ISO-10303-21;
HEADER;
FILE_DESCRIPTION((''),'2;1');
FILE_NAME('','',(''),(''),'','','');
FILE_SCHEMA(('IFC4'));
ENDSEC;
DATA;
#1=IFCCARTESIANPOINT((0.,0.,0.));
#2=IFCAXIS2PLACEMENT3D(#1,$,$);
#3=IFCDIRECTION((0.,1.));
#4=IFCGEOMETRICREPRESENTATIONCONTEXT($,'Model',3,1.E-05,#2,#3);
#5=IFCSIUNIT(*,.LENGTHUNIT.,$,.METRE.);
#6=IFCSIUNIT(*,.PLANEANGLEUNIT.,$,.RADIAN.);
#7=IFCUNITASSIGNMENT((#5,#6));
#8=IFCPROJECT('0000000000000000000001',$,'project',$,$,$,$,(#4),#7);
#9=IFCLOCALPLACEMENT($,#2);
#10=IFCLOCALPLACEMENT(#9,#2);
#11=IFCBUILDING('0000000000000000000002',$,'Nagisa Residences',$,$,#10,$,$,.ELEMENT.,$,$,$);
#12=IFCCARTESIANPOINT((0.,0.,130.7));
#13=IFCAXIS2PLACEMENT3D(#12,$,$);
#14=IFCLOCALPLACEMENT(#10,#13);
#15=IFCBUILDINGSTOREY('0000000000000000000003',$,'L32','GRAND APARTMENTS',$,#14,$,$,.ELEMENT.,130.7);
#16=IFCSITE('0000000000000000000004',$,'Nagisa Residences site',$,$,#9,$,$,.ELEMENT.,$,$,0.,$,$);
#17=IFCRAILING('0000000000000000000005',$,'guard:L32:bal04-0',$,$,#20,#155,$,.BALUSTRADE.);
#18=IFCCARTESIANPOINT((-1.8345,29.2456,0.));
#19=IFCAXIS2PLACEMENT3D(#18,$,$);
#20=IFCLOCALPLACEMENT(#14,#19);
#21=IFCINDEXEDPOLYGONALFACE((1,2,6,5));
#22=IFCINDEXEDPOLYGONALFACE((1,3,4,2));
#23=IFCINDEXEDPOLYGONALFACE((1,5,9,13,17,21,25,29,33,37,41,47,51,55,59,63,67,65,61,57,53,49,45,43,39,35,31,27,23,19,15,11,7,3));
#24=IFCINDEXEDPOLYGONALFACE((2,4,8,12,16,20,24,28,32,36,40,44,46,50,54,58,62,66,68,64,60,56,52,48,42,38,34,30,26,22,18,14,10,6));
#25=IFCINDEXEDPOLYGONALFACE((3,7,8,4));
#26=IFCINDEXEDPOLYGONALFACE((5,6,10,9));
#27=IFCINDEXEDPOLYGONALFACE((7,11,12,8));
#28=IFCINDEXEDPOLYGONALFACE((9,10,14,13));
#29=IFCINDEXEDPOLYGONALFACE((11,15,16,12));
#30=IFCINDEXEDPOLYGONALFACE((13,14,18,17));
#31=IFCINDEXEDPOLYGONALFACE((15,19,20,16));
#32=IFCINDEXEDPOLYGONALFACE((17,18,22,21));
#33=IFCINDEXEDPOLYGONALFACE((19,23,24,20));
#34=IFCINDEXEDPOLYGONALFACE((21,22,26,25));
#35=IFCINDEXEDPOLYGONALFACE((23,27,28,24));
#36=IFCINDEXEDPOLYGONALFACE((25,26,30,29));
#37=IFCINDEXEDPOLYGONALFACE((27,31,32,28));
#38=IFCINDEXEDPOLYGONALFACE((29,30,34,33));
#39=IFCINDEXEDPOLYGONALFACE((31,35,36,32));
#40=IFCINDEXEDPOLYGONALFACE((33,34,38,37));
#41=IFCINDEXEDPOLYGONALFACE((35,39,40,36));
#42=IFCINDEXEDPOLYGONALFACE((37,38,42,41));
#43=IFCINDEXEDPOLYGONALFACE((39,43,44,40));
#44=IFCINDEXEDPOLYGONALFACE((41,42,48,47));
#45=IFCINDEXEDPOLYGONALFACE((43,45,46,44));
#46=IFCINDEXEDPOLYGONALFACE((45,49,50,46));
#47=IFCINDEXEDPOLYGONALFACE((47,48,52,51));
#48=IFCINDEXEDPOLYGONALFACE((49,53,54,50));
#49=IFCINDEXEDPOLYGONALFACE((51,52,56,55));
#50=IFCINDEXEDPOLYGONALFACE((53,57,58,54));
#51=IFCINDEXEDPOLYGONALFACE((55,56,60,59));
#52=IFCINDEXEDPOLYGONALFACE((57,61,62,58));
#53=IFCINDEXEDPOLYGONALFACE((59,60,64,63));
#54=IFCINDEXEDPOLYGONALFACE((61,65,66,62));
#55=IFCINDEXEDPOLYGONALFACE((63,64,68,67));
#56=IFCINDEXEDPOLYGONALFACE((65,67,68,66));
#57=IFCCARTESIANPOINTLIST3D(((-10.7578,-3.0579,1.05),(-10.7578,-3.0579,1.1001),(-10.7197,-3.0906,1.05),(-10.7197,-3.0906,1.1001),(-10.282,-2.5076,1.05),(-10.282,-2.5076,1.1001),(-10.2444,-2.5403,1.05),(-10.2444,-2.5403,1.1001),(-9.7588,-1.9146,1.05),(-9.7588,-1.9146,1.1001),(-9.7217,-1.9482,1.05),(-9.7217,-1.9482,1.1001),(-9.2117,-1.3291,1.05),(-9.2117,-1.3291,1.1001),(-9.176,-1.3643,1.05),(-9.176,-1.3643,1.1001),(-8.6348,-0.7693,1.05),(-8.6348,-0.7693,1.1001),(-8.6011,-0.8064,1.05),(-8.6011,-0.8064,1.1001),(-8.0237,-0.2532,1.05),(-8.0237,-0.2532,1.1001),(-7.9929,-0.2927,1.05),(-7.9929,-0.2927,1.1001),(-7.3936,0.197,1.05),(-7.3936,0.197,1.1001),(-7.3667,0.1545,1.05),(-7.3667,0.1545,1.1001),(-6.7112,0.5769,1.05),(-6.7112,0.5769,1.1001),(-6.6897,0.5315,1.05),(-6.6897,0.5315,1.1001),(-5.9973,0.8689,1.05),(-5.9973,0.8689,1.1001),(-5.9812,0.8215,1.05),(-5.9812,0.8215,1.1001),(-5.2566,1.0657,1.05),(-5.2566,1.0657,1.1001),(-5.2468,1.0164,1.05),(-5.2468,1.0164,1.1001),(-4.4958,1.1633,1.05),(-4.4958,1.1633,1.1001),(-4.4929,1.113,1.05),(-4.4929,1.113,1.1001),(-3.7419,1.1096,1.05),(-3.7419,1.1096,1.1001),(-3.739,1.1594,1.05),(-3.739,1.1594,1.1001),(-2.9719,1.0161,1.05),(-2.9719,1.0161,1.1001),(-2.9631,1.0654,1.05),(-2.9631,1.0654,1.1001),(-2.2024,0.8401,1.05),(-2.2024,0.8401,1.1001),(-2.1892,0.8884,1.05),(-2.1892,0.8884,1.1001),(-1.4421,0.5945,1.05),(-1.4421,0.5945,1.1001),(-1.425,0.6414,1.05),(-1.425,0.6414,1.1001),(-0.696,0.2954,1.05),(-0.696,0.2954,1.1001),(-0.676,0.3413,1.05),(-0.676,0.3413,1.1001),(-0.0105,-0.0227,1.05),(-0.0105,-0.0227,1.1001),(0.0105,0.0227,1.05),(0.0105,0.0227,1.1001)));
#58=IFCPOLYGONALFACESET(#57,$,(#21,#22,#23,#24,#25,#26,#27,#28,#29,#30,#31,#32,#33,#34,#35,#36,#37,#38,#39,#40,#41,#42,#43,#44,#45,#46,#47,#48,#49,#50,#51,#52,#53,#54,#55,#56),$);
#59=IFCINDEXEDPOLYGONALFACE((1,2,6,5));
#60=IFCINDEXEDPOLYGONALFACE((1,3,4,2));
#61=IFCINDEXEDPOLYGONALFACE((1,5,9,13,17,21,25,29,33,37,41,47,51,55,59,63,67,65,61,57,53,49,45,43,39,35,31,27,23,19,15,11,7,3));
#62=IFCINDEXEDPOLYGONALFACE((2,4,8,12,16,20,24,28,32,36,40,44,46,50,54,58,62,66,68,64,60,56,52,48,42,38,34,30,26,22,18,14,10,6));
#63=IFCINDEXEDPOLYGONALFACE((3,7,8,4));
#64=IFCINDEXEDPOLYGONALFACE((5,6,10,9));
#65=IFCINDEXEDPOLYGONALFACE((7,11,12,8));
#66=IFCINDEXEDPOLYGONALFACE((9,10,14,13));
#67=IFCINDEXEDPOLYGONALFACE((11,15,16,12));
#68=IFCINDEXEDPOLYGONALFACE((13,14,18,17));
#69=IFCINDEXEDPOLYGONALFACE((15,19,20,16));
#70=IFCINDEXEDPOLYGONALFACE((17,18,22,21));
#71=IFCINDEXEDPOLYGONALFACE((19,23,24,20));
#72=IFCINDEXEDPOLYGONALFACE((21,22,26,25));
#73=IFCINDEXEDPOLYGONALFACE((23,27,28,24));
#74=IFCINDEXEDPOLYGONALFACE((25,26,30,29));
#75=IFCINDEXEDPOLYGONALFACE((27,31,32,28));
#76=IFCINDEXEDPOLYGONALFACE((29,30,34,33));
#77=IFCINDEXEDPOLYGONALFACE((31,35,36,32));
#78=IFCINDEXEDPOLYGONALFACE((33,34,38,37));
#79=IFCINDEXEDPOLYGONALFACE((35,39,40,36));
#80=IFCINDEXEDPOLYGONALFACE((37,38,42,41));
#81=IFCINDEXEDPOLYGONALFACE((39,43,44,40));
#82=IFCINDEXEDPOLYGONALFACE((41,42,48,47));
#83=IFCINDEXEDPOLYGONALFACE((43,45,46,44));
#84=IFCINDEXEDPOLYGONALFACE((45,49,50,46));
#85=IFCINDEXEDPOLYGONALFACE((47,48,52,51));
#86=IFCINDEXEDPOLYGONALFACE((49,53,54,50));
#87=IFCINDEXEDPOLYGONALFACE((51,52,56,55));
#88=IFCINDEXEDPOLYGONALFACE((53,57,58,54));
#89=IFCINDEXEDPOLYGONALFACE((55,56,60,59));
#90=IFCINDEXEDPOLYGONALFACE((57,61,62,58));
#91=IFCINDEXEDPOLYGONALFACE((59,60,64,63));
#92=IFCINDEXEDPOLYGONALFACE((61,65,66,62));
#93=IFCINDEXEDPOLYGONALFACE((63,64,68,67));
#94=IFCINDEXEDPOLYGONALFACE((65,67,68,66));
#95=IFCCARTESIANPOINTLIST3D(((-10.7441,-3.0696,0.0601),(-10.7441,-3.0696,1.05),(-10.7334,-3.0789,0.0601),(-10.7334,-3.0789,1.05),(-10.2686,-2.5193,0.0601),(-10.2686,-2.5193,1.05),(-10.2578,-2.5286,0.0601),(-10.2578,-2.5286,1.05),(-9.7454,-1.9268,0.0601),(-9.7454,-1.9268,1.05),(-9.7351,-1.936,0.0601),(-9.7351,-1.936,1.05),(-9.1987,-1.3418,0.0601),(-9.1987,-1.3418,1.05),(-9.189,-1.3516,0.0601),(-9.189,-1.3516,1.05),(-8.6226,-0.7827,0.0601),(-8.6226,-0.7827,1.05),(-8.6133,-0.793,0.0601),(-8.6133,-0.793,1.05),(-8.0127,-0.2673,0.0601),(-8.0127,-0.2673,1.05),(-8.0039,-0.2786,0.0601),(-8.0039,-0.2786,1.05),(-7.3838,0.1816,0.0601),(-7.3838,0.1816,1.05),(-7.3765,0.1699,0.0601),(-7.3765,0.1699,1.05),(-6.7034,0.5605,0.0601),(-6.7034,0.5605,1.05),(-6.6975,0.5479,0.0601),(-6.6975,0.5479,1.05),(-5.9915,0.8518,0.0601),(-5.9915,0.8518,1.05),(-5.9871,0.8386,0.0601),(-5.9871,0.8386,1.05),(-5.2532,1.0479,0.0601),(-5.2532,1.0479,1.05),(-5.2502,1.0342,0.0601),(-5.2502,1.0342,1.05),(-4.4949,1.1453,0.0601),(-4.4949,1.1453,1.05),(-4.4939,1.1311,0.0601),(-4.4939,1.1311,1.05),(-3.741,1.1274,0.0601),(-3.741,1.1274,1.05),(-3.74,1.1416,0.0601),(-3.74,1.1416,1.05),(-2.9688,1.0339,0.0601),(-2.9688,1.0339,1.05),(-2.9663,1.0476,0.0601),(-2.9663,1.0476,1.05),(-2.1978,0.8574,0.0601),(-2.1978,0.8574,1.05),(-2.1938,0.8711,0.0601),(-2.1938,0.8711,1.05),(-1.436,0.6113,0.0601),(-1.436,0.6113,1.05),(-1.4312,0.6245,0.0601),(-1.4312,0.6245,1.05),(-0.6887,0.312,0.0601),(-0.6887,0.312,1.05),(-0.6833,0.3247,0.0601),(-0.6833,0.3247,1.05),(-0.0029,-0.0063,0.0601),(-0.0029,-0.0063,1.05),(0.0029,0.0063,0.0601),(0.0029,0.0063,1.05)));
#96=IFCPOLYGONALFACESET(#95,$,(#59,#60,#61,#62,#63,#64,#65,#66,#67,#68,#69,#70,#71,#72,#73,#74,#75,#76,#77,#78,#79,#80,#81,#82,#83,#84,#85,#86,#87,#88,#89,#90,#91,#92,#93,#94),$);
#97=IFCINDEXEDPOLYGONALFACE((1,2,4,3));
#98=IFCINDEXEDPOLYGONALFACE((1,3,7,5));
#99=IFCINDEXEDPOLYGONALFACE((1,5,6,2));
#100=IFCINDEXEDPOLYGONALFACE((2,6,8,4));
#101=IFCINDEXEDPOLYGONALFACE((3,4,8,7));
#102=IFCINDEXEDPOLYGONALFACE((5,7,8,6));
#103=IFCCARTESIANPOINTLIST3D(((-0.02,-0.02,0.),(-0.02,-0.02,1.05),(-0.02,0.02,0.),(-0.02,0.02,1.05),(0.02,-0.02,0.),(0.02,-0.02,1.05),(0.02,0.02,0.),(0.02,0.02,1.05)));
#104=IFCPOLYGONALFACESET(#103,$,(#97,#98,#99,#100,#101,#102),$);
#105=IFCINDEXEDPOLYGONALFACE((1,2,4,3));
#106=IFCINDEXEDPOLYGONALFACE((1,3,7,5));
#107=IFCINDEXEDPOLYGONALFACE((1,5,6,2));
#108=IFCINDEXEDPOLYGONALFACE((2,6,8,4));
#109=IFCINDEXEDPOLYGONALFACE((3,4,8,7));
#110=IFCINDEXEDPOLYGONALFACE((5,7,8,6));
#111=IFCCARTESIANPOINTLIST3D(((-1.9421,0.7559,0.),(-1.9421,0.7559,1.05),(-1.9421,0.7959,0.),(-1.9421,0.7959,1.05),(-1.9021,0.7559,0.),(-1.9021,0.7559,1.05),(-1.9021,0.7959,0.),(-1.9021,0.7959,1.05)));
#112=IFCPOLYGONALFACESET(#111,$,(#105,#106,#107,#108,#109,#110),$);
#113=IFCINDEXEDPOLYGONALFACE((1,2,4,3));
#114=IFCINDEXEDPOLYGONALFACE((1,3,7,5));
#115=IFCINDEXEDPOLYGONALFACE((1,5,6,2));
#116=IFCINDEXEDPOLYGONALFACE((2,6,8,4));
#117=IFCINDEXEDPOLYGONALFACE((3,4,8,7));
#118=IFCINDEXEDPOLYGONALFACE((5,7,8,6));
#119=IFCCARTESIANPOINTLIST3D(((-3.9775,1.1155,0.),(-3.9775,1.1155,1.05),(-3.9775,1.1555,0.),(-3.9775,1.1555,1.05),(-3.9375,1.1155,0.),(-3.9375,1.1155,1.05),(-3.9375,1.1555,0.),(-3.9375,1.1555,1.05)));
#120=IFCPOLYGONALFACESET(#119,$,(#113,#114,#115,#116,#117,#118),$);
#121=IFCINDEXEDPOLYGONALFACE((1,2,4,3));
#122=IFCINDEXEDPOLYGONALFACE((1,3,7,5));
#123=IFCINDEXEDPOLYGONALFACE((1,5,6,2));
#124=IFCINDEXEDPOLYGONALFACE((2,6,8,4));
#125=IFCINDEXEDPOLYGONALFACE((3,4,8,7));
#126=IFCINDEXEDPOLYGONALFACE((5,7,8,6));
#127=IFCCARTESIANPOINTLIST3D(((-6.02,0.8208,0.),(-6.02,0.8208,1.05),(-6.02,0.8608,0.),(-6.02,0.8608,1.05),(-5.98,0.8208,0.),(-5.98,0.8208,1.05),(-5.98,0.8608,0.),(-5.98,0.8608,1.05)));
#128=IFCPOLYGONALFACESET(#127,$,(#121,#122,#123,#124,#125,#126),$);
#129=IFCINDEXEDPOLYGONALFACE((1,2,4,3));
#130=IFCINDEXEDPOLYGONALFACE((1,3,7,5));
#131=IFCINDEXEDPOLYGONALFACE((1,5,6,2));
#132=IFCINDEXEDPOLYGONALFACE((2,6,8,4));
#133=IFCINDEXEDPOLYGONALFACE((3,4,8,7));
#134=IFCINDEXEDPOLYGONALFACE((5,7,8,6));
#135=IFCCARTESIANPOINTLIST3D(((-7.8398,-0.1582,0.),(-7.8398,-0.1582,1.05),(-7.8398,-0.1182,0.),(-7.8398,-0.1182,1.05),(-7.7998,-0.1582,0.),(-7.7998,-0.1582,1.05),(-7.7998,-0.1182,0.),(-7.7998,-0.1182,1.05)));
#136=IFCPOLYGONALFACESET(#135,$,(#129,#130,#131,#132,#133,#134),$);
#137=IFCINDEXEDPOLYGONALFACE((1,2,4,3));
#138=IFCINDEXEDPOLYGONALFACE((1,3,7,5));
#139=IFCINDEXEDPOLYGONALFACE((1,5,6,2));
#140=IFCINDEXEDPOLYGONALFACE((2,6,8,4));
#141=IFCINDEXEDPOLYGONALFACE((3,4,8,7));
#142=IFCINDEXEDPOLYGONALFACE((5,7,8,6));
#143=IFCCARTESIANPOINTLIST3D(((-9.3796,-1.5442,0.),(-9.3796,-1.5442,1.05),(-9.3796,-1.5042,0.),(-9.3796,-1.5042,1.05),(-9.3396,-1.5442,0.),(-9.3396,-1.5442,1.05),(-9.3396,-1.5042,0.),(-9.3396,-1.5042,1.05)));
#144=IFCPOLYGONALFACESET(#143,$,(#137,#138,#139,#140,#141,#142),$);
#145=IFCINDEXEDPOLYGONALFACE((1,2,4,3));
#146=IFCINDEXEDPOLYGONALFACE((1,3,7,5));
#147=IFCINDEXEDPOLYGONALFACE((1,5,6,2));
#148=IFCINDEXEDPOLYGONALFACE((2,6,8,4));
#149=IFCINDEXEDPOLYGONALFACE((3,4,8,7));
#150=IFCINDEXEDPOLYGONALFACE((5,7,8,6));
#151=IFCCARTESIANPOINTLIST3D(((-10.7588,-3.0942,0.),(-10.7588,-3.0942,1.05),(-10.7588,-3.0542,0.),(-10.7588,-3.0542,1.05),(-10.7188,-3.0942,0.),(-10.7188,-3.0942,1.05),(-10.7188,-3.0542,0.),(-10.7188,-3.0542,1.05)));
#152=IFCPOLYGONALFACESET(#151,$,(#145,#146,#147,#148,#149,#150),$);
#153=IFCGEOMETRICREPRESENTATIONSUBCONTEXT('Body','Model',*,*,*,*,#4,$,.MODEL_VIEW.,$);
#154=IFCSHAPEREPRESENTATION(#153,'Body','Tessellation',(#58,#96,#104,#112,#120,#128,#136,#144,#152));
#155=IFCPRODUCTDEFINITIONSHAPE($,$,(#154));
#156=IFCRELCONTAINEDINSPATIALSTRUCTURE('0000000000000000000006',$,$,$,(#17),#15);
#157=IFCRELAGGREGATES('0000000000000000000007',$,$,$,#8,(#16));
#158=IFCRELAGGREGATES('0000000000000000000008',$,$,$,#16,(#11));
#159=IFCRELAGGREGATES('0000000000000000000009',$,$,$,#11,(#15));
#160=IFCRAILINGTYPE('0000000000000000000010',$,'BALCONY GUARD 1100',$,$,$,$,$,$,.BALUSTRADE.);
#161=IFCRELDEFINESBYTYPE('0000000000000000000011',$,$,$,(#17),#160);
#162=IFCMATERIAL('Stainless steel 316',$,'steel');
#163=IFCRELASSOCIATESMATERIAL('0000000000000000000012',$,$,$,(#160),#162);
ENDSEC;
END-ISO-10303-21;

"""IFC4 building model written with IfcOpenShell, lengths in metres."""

from ifc_helpers import new_model, si_unit, direction, frame, origin, origin_2d, place, context, subcontext, project, spatial, polyline, rectangle, outline, extrude, material, type_object, element, save


model = new_model("IFC4")

# Units and contexts
model_context = context("Model", 3, precision=1e-05, world=origin(), true_north=direction((0.0, 1.0)))
body_context = subcontext(model_context, "Body", "Model", "MODEL_VIEW")
ifc_project = project(units=[si_unit("LENGTHUNIT", "METRE"), si_unit("PLANEANGLEUNIT", "RADIAN")], contexts=[model_context])

# Site, building, storey
site_placement = place(None, origin())
site = spatial("IfcSite", under=ifc_project, at=site_placement, Name="Nagisa Residences site", CompositionType="ELEMENT", RefElevation=0.0)
building_placement = place(site_placement, origin())
building = spatial("IfcBuilding", under=site, at=building_placement, Name="Nagisa Residences", CompositionType="ELEMENT")
storey_placement = place(building_placement, frame((0.0, 0.0, 130.7)))
storey = spatial("IfcBuildingStorey", under=building, at=storey_placement, Name="L32", Description="GRAND APARTMENTS", CompositionType="ELEMENT", Elevation=130.7)

# Railing
ifc_material_1 = material(Name="Stainless steel 316", Category="steel")
railing_type = type_object("IfcRailingType", Name="BALCONY GUARD 1100", PredefinedType="BALUSTRADE", material=ifc_material_1)
railing_placement = place(storey_placement, frame((-1.8345, 29.2456, 0.0)))
element("IfcRailing", 1, at=railing_placement, inside=storey, type_object=railing_type, Name="guard:L32:bal04-0", PredefinedType="BALUSTRADE", context=body_context, shape_type="SweptSolid", body=[
    extrude(outline(polyline([(-0.696, 0.2954), (-0.0105, -0.0227), (0.0105, 0.0227), (-0.676, 0.3413), (-1.425, 0.6414), (-2.1892, 0.8884), (-2.9631, 1.0654), (-3.739, 1.1594), (-4.4958, 1.1633), (-5.2566, 1.0657), (-5.9973, 0.8689), (-6.7112, 0.5769), (-7.3936, 0.197), (-8.0237, -0.2532), (-8.6348, -0.7693), (-9.2117, -1.3291), (-9.7588, -1.9146), (-10.282, -2.5076), (-10.7578, -3.0579), (-10.7197, -3.0906), (-10.2444, -2.5403), (-9.7217, -1.9482), (-9.176, -1.3643), (-8.6011, -0.8064), (-7.9929, -0.2927), (-7.3667, 0.1545), (-6.6897, 0.5315), (-5.9812, 0.8215), (-5.2468, 1.0164), (-4.4929, 1.113), (-3.7419, 1.1096), (-2.9719, 1.0161), (-2.2024, 0.8401), (-1.4421, 0.5945), (-0.696, 0.2954)])), frame((0.0, 0.0, 1.05)), (0.0, 0.0, 1.0), 0.05),
    extrude(outline(polyline([(-0.6887, 0.312), (-0.0029, -0.0063), (0.0029, 0.0063), (-0.6833, 0.3247), (-1.4312, 0.6245), (-2.1938, 0.8711), (-2.9663, 1.0476), (-3.74, 1.1416), (-4.4949, 1.1453), (-5.2532, 1.0479), (-5.9915, 0.8518), (-6.7034, 0.5605), (-7.3838, 0.1816), (-8.0127, -0.2673), (-8.6226, -0.7827), (-9.1987, -1.3418), (-9.7454, -1.9268), (-10.2686, -2.5193), (-10.7441, -3.0696), (-10.7334, -3.0789), (-10.2578, -2.5286), (-9.7351, -1.936), (-9.189, -1.3516), (-8.6133, -0.793), (-8.0039, -0.2786), (-7.3765, 0.1699), (-6.6975, 0.5479), (-5.9871, 0.8386), (-5.2502, 1.0342), (-4.4939, 1.1311), (-3.741, 1.1274), (-2.9688, 1.0339), (-2.1978, 0.8574), (-1.436, 0.6113), (-0.6887, 0.312)])), frame((0.0, 0.0, 0.0601)), (0.0, 0.0, 1.0), 0.99),
    extrude(rectangle(XDim=0.04, YDim=0.04, at=origin_2d()), origin(), (0.0, 0.0, 1.0), 1.05),
    extrude(rectangle(XDim=0.04, YDim=0.04, at=origin_2d()), frame((-1.9221, 0.7759, 0.0)), (0.0, 0.0, 1.0), 1.05),
    extrude(rectangle(XDim=0.04, YDim=0.04, at=origin_2d()), frame((-3.9575, 1.1355, 0.0)), (0.0, 0.0, 1.0), 1.05),
    extrude(rectangle(XDim=0.04, YDim=0.04, at=origin_2d()), frame((-6.0, 0.8408, 0.0)), (0.0, 0.0, 1.0), 1.05),
    extrude(rectangle(XDim=0.04, YDim=0.04, at=origin_2d()), frame((-7.8198, -0.1382, 0.0)), (0.0, 0.0, 1.0), 1.05),
    extrude(rectangle(XDim=0.04, YDim=0.04, at=origin_2d()), frame((-9.3596, -1.5242, 0.0)), (0.0, 0.0, 1.0), 1.05),
    extrude(rectangle(XDim=0.04, YDim=0.04, at=origin_2d()), frame((-10.7388, -3.0742, 0.0)), (0.0, 0.0, 1.0), 1.05),
])

save(model, "model.ifc")
